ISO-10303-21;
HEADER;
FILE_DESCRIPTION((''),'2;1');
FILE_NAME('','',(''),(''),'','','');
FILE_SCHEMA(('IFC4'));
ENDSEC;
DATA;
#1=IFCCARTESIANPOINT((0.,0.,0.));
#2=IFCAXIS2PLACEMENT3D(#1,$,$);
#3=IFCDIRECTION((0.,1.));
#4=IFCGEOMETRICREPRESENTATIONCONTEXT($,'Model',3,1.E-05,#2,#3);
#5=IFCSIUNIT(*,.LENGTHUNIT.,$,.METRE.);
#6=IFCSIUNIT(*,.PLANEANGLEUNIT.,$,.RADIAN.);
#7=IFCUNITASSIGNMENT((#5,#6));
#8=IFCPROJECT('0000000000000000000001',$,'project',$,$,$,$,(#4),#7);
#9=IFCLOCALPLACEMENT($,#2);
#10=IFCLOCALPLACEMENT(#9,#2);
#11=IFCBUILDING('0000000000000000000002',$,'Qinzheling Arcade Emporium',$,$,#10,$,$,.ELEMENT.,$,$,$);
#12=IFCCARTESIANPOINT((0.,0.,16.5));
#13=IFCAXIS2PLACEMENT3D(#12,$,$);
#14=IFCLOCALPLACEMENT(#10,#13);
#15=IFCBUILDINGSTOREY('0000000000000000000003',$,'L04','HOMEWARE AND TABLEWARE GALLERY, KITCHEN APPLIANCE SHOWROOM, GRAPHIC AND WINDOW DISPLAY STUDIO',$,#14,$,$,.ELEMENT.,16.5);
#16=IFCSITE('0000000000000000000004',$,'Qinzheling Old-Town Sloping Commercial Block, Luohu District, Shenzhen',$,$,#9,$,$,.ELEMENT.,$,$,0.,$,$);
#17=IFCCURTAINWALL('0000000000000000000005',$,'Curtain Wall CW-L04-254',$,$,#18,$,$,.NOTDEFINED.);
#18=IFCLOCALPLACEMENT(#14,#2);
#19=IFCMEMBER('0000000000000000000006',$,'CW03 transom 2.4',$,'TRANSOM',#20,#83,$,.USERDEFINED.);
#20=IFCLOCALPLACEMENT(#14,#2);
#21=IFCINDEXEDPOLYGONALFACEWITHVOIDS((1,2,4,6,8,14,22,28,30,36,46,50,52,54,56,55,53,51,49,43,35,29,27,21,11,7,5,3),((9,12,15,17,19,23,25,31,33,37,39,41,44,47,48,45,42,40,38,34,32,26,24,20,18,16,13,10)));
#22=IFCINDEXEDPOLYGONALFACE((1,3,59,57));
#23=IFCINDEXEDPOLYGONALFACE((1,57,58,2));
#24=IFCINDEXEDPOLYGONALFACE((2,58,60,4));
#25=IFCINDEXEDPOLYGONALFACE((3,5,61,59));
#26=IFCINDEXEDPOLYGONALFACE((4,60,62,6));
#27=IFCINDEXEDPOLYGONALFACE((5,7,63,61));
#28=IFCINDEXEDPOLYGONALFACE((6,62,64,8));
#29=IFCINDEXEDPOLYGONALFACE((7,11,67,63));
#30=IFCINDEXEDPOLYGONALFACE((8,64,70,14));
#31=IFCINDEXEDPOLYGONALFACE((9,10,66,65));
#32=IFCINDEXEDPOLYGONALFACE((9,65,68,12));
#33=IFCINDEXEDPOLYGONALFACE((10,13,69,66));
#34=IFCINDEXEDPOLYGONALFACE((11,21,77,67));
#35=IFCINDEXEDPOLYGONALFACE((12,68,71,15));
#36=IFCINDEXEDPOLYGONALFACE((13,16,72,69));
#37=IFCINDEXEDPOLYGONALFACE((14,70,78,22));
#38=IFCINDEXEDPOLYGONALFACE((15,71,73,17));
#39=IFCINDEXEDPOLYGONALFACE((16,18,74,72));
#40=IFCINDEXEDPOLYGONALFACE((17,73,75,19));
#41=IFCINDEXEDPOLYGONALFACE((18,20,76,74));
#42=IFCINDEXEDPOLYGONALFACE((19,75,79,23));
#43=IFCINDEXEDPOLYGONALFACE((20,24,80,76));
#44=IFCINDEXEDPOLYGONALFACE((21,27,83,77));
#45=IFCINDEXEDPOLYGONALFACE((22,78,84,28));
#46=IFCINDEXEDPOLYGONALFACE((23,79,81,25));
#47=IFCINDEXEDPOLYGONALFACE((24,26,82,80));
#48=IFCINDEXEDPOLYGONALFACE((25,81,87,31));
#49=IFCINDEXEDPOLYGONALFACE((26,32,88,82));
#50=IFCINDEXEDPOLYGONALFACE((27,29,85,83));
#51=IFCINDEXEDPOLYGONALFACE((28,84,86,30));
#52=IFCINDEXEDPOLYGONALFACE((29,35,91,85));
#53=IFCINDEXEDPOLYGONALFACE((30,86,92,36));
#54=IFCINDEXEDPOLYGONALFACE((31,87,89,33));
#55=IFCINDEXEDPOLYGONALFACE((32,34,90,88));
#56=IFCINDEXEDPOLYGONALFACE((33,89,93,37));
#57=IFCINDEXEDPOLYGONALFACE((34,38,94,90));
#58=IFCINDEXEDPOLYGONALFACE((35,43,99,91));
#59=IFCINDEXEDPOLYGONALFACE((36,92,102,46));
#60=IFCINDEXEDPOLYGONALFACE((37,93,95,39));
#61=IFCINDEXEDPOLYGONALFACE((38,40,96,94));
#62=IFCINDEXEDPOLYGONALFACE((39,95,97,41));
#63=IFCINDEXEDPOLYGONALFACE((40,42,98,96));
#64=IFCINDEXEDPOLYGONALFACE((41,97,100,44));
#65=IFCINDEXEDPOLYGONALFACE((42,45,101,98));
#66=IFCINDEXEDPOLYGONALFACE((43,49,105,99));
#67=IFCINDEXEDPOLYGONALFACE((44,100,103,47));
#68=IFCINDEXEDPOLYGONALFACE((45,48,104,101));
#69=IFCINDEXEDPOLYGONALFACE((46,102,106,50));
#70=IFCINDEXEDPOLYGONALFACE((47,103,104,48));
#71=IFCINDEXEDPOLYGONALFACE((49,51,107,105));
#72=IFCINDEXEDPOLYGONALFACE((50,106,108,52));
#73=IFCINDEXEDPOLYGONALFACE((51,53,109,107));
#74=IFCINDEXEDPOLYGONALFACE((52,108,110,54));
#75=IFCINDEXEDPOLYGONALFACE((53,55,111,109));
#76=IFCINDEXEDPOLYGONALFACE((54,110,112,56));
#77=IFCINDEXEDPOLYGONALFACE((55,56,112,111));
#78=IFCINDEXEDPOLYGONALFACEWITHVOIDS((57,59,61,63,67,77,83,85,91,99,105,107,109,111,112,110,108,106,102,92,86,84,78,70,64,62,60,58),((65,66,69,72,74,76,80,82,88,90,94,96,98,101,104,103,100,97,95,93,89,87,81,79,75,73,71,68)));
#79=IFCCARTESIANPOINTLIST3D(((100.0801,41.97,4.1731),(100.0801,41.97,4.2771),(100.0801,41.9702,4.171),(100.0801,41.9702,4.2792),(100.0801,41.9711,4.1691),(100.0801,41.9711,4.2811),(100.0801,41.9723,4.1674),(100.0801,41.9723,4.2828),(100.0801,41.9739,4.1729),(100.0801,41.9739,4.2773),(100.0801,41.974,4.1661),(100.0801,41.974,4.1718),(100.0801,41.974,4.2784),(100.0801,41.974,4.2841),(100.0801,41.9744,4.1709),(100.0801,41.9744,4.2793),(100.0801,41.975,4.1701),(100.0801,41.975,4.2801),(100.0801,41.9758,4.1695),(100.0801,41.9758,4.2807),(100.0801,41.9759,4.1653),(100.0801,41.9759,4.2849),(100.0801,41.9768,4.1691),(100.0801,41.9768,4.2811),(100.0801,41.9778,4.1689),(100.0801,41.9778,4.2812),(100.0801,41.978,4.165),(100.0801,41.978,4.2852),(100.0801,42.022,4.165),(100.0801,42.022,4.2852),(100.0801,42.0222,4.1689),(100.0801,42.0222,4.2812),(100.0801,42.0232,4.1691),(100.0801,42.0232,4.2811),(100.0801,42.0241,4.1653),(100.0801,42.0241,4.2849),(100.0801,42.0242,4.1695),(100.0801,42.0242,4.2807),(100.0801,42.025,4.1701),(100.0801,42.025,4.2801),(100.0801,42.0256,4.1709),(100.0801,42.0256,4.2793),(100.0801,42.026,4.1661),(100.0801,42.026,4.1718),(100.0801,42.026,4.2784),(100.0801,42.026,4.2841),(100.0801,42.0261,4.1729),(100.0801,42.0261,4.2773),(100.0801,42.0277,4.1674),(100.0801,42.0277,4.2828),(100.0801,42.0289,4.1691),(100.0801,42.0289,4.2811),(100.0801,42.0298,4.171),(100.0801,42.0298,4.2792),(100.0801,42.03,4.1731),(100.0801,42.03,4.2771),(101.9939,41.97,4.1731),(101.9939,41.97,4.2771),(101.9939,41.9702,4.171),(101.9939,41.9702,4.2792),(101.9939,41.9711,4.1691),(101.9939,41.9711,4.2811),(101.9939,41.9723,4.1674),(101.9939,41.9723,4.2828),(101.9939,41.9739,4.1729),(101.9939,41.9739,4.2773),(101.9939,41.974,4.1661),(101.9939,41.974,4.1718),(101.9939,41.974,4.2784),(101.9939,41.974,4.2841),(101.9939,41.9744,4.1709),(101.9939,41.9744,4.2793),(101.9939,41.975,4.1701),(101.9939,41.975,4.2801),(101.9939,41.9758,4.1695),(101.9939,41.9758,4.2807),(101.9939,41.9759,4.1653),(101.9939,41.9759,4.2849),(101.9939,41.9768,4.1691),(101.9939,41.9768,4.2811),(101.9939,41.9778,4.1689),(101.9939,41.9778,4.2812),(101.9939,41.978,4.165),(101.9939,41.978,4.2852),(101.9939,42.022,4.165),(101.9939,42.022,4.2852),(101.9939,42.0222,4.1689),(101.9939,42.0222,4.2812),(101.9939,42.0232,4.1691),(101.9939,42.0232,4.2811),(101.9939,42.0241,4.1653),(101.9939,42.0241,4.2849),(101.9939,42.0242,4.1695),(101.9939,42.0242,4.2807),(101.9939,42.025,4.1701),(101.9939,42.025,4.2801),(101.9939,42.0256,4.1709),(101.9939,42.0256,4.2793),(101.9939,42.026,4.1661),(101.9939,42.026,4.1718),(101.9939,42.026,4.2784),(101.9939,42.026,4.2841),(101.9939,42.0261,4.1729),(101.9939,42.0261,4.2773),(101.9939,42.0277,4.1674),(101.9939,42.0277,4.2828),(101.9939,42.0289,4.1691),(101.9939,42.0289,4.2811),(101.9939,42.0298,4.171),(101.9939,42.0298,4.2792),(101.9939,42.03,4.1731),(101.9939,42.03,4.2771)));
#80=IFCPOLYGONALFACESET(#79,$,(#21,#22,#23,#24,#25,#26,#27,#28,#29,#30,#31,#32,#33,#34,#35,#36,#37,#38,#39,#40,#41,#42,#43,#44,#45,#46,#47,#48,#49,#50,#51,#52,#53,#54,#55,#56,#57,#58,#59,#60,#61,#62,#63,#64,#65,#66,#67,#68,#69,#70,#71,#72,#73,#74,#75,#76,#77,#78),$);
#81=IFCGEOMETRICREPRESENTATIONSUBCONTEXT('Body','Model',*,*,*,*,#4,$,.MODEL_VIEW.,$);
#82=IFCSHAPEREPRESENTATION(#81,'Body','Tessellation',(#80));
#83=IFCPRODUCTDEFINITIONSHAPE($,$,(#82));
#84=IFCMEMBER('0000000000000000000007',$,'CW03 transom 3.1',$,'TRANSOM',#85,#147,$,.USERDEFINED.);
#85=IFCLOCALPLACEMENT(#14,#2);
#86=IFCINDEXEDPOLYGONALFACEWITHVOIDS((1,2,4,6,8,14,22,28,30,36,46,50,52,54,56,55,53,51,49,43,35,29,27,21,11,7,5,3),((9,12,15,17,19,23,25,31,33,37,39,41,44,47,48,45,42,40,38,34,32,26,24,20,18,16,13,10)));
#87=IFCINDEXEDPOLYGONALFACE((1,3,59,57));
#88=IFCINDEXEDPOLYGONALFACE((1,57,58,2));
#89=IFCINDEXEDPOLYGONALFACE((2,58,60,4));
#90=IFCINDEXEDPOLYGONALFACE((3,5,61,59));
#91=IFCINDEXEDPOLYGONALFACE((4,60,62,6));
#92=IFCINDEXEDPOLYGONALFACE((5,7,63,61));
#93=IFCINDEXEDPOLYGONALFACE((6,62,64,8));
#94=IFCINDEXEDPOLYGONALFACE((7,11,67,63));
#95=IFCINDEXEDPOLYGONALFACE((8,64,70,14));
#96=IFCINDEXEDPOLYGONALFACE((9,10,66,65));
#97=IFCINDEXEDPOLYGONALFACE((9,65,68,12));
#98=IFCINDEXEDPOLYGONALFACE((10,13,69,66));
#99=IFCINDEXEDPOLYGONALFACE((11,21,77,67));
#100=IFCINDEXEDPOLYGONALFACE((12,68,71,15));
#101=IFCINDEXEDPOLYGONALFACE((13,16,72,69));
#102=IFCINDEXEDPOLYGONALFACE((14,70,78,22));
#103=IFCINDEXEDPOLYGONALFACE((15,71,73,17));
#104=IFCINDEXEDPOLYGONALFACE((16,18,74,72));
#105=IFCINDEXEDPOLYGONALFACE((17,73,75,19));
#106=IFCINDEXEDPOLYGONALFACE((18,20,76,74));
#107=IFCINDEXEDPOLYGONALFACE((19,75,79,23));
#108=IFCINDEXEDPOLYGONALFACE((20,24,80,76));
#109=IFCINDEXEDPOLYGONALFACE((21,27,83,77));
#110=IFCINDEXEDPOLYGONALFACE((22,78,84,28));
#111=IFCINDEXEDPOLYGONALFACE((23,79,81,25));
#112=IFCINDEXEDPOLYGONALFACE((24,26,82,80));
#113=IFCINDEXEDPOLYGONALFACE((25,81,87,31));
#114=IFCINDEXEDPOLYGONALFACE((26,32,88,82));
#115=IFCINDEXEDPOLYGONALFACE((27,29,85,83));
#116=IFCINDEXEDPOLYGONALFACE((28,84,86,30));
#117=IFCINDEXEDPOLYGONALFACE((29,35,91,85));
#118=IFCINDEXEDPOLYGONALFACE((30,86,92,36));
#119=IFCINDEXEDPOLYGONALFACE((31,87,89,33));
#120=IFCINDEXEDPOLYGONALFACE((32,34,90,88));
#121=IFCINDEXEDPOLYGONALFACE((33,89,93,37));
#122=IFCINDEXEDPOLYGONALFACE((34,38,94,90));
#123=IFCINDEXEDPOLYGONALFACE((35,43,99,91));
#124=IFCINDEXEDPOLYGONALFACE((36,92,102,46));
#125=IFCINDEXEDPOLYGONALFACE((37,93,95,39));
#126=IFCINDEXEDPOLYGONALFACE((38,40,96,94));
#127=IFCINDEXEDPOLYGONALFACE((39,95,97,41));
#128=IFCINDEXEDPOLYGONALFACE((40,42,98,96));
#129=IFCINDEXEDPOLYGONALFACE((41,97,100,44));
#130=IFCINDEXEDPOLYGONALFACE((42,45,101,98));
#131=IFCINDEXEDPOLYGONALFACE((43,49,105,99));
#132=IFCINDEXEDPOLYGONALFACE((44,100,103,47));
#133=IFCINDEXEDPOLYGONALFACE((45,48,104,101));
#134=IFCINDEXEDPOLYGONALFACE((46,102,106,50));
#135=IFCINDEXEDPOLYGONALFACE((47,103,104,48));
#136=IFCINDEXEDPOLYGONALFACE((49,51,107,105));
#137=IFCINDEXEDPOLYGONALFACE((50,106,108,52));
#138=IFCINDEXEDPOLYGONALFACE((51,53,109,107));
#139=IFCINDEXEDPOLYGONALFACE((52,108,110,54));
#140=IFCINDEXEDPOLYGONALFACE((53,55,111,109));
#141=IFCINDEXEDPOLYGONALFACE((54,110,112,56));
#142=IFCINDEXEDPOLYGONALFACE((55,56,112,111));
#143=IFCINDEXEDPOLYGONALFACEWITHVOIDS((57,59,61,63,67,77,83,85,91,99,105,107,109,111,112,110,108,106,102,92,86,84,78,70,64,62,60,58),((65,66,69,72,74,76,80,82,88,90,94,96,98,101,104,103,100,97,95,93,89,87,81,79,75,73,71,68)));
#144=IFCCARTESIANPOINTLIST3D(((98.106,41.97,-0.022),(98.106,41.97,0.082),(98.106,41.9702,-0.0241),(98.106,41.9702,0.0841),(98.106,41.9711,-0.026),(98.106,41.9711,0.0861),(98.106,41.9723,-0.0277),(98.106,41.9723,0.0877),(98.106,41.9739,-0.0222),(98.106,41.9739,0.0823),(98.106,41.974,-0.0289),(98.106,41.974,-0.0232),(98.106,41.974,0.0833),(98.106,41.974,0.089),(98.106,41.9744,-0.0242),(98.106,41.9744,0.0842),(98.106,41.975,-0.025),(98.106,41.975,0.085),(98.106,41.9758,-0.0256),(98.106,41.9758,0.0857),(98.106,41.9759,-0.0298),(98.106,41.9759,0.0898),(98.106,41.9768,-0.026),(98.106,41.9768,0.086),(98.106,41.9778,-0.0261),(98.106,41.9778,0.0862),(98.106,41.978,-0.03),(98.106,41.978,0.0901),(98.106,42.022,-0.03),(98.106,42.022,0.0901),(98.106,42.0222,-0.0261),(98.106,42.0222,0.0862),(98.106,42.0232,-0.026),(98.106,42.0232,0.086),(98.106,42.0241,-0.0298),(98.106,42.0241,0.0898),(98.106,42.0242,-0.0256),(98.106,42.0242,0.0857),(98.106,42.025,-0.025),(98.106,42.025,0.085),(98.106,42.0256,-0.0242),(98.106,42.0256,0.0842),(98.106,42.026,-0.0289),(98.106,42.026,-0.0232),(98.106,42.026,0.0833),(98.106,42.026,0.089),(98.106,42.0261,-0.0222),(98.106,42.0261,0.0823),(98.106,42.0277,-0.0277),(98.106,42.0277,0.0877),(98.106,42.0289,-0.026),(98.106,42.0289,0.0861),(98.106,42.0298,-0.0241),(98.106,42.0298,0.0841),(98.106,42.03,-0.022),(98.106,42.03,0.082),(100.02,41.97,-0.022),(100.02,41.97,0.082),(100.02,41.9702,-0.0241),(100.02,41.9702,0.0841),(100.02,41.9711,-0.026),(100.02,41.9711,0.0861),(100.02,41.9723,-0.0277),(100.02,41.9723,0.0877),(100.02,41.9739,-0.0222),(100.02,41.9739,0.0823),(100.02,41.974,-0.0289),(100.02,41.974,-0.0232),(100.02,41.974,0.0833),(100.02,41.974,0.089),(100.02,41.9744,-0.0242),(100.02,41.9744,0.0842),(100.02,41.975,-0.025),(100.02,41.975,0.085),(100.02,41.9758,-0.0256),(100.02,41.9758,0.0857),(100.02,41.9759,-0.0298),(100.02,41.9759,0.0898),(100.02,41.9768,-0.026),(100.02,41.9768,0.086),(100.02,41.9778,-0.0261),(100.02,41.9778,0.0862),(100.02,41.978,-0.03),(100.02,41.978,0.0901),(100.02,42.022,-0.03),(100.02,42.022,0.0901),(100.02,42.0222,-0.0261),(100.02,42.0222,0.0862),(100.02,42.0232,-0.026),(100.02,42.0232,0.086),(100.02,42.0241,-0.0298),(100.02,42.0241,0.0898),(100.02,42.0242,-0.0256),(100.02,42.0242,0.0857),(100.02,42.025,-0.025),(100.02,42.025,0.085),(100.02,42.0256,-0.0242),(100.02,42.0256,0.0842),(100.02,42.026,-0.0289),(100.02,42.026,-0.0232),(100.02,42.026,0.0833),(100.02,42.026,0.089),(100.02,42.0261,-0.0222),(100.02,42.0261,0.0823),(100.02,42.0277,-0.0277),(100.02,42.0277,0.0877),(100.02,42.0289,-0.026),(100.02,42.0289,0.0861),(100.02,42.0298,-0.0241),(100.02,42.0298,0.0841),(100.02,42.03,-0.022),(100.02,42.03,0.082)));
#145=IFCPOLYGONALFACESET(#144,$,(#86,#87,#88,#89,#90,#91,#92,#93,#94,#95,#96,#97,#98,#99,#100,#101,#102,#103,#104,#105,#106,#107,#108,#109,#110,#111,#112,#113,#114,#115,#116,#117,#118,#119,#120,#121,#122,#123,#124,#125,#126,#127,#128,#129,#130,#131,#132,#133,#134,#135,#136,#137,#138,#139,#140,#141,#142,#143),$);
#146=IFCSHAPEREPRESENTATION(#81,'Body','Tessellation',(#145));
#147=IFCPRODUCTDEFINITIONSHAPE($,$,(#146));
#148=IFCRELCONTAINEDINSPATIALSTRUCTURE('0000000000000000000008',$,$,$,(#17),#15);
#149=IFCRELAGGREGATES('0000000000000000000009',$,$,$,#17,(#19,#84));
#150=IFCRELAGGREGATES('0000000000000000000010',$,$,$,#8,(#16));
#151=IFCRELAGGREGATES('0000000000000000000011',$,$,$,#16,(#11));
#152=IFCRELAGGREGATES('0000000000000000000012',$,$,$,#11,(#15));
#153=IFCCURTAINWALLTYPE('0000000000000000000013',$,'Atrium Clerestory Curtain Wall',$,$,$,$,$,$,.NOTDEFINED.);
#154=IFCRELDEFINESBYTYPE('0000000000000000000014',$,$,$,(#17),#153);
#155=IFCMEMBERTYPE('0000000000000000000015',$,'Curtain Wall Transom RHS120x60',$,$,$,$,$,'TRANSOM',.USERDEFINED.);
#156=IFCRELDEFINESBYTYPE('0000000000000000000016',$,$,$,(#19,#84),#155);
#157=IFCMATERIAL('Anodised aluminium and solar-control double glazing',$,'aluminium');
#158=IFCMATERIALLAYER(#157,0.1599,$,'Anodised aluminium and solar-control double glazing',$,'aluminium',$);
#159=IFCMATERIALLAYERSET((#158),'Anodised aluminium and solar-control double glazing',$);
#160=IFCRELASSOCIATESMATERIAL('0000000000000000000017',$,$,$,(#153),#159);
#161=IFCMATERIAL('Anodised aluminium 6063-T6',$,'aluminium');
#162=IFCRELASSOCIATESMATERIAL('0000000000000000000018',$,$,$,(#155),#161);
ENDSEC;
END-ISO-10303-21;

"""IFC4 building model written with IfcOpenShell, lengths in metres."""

from ifc_helpers import new_model, si_unit, direction, frame, origin, origin_2d, place, context, subcontext, project, spatial, hollow_rectangle, extrude, material, layer, layer_set, material_profile, profile_set, type_object, element, aggregate, save


model = new_model("IFC4")

# Units and contexts
model_context = context("Model", 3, precision=1e-05, world=origin(), true_north=direction((0.0, 1.0)))
body_context = subcontext(model_context, "Body", "Model", "MODEL_VIEW")
ifc_project = project(units=[si_unit("LENGTHUNIT", "METRE"), si_unit("PLANEANGLEUNIT", "RADIAN")], contexts=[model_context])

# Site, building, storey
site_placement = place(None, origin())
site = spatial("IfcSite", under=ifc_project, at=site_placement, Name="Qinzheling Old-Town Sloping Commercial Block, Luohu District, Shenzhen", CompositionType="ELEMENT", RefElevation=0.0)
building_placement = place(site_placement, origin())
building = spatial("IfcBuilding", under=site, at=building_placement, Name="Qinzheling Arcade Emporium", CompositionType="ELEMENT")
storey_placement = place(building_placement, frame((0.0, 0.0, 16.5)))
storey = spatial("IfcBuildingStorey", under=building, at=storey_placement, Name="L04", Description="HOMEWARE AND TABLEWARE GALLERY, KITCHEN APPLIANCE SHOWROOM, GRAPHIC AND WINDOW DISPLAY STUDIO", CompositionType="ELEMENT", Elevation=16.5)

# Curtain wall
ifc_material_1 = material(Name="Anodised aluminium and solar-control double glazing", Category="aluminium")
ifc_layer_1 = layer(ifc_material_1, 0.1599, Name="Anodised aluminium and solar-control double glazing", Category="aluminium")
ifc_layer_set_1 = layer_set([ifc_layer_1], Name="Anodised aluminium and solar-control double glazing")
curtain_wall_type = type_object("IfcCurtainWallType", Name="Atrium Clerestory Curtain Wall", PredefinedType="NOTDEFINED", material=ifc_layer_set_1)
ifc_material_2 = material(Name="Anodised aluminium 6063-T6", Category="aluminium")
curtain_wall_1_placement = place(storey_placement, origin())
curtain_wall_1 = element("IfcCurtainWall", 1, at=curtain_wall_1_placement, inside=storey, type_object=curtain_wall_type, Name="Curtain Wall CW-L04-254", PredefinedType="NOTDEFINED")

# Members
ifc_material_profile_1 = material_profile(ifc_material_2, hollow_rectangle(XDim=0.0601, YDim=0.1201, WallThickness=0.0039, InnerFilletRadius=0.0039, OuterFilletRadius=0.0081, at=origin_2d()), Name="RHS 120x60x4", Category="aluminium")
ifc_profile_set_1 = profile_set([ifc_material_profile_1], Name="Anodised aluminium 6063-T6")
member_type_1 = type_object("IfcMemberType", Name="Curtain Wall Transom RHS120x60", ElementType="TRANSOM", PredefinedType="USERDEFINED", material=ifc_profile_set_1)
member_1_placement = place(storey_placement, frame((101.9939, 42.0, 4.2251), z_axis=(-1.0, 0.0, 0.0), x_axis=(0.0, -1.0, 0.0)))
member_1 = element("IfcMember", 2, at=member_1_placement, type_object=member_type_1, Name="CW03 transom 2.4", ObjectType="TRANSOM", PredefinedType="USERDEFINED", context=body_context, shape_type="SweptSolid", body=[
    extrude(hollow_rectangle(XDim=0.0601, YDim=0.1201, WallThickness=0.0039, InnerFilletRadius=0.0039, OuterFilletRadius=0.0081, at=origin_2d()), origin(), (0.0, 0.0, 1.0), 1.9138),
])
member_2_placement = place(storey_placement, frame((100.02, 42.0, 0.03), z_axis=(-1.0, 0.0, 0.0), x_axis=(0.0, -1.0, 0.0)))
member_2 = element("IfcMember", 3, at=member_2_placement, type_object=member_type_1, Name="CW03 transom 3.1", ObjectType="TRANSOM", PredefinedType="USERDEFINED", context=body_context, shape_type="SweptSolid", body=[
    extrude(hollow_rectangle(XDim=0.0601, YDim=0.1201, WallThickness=0.0039, InnerFilletRadius=0.0039, OuterFilletRadius=0.0081, at=origin_2d()), origin(), (0.0, 0.0, 1.0), 1.9141),
])

aggregate(curtain_wall_1, [member_1, member_2])

save(model, "model.ifc")
